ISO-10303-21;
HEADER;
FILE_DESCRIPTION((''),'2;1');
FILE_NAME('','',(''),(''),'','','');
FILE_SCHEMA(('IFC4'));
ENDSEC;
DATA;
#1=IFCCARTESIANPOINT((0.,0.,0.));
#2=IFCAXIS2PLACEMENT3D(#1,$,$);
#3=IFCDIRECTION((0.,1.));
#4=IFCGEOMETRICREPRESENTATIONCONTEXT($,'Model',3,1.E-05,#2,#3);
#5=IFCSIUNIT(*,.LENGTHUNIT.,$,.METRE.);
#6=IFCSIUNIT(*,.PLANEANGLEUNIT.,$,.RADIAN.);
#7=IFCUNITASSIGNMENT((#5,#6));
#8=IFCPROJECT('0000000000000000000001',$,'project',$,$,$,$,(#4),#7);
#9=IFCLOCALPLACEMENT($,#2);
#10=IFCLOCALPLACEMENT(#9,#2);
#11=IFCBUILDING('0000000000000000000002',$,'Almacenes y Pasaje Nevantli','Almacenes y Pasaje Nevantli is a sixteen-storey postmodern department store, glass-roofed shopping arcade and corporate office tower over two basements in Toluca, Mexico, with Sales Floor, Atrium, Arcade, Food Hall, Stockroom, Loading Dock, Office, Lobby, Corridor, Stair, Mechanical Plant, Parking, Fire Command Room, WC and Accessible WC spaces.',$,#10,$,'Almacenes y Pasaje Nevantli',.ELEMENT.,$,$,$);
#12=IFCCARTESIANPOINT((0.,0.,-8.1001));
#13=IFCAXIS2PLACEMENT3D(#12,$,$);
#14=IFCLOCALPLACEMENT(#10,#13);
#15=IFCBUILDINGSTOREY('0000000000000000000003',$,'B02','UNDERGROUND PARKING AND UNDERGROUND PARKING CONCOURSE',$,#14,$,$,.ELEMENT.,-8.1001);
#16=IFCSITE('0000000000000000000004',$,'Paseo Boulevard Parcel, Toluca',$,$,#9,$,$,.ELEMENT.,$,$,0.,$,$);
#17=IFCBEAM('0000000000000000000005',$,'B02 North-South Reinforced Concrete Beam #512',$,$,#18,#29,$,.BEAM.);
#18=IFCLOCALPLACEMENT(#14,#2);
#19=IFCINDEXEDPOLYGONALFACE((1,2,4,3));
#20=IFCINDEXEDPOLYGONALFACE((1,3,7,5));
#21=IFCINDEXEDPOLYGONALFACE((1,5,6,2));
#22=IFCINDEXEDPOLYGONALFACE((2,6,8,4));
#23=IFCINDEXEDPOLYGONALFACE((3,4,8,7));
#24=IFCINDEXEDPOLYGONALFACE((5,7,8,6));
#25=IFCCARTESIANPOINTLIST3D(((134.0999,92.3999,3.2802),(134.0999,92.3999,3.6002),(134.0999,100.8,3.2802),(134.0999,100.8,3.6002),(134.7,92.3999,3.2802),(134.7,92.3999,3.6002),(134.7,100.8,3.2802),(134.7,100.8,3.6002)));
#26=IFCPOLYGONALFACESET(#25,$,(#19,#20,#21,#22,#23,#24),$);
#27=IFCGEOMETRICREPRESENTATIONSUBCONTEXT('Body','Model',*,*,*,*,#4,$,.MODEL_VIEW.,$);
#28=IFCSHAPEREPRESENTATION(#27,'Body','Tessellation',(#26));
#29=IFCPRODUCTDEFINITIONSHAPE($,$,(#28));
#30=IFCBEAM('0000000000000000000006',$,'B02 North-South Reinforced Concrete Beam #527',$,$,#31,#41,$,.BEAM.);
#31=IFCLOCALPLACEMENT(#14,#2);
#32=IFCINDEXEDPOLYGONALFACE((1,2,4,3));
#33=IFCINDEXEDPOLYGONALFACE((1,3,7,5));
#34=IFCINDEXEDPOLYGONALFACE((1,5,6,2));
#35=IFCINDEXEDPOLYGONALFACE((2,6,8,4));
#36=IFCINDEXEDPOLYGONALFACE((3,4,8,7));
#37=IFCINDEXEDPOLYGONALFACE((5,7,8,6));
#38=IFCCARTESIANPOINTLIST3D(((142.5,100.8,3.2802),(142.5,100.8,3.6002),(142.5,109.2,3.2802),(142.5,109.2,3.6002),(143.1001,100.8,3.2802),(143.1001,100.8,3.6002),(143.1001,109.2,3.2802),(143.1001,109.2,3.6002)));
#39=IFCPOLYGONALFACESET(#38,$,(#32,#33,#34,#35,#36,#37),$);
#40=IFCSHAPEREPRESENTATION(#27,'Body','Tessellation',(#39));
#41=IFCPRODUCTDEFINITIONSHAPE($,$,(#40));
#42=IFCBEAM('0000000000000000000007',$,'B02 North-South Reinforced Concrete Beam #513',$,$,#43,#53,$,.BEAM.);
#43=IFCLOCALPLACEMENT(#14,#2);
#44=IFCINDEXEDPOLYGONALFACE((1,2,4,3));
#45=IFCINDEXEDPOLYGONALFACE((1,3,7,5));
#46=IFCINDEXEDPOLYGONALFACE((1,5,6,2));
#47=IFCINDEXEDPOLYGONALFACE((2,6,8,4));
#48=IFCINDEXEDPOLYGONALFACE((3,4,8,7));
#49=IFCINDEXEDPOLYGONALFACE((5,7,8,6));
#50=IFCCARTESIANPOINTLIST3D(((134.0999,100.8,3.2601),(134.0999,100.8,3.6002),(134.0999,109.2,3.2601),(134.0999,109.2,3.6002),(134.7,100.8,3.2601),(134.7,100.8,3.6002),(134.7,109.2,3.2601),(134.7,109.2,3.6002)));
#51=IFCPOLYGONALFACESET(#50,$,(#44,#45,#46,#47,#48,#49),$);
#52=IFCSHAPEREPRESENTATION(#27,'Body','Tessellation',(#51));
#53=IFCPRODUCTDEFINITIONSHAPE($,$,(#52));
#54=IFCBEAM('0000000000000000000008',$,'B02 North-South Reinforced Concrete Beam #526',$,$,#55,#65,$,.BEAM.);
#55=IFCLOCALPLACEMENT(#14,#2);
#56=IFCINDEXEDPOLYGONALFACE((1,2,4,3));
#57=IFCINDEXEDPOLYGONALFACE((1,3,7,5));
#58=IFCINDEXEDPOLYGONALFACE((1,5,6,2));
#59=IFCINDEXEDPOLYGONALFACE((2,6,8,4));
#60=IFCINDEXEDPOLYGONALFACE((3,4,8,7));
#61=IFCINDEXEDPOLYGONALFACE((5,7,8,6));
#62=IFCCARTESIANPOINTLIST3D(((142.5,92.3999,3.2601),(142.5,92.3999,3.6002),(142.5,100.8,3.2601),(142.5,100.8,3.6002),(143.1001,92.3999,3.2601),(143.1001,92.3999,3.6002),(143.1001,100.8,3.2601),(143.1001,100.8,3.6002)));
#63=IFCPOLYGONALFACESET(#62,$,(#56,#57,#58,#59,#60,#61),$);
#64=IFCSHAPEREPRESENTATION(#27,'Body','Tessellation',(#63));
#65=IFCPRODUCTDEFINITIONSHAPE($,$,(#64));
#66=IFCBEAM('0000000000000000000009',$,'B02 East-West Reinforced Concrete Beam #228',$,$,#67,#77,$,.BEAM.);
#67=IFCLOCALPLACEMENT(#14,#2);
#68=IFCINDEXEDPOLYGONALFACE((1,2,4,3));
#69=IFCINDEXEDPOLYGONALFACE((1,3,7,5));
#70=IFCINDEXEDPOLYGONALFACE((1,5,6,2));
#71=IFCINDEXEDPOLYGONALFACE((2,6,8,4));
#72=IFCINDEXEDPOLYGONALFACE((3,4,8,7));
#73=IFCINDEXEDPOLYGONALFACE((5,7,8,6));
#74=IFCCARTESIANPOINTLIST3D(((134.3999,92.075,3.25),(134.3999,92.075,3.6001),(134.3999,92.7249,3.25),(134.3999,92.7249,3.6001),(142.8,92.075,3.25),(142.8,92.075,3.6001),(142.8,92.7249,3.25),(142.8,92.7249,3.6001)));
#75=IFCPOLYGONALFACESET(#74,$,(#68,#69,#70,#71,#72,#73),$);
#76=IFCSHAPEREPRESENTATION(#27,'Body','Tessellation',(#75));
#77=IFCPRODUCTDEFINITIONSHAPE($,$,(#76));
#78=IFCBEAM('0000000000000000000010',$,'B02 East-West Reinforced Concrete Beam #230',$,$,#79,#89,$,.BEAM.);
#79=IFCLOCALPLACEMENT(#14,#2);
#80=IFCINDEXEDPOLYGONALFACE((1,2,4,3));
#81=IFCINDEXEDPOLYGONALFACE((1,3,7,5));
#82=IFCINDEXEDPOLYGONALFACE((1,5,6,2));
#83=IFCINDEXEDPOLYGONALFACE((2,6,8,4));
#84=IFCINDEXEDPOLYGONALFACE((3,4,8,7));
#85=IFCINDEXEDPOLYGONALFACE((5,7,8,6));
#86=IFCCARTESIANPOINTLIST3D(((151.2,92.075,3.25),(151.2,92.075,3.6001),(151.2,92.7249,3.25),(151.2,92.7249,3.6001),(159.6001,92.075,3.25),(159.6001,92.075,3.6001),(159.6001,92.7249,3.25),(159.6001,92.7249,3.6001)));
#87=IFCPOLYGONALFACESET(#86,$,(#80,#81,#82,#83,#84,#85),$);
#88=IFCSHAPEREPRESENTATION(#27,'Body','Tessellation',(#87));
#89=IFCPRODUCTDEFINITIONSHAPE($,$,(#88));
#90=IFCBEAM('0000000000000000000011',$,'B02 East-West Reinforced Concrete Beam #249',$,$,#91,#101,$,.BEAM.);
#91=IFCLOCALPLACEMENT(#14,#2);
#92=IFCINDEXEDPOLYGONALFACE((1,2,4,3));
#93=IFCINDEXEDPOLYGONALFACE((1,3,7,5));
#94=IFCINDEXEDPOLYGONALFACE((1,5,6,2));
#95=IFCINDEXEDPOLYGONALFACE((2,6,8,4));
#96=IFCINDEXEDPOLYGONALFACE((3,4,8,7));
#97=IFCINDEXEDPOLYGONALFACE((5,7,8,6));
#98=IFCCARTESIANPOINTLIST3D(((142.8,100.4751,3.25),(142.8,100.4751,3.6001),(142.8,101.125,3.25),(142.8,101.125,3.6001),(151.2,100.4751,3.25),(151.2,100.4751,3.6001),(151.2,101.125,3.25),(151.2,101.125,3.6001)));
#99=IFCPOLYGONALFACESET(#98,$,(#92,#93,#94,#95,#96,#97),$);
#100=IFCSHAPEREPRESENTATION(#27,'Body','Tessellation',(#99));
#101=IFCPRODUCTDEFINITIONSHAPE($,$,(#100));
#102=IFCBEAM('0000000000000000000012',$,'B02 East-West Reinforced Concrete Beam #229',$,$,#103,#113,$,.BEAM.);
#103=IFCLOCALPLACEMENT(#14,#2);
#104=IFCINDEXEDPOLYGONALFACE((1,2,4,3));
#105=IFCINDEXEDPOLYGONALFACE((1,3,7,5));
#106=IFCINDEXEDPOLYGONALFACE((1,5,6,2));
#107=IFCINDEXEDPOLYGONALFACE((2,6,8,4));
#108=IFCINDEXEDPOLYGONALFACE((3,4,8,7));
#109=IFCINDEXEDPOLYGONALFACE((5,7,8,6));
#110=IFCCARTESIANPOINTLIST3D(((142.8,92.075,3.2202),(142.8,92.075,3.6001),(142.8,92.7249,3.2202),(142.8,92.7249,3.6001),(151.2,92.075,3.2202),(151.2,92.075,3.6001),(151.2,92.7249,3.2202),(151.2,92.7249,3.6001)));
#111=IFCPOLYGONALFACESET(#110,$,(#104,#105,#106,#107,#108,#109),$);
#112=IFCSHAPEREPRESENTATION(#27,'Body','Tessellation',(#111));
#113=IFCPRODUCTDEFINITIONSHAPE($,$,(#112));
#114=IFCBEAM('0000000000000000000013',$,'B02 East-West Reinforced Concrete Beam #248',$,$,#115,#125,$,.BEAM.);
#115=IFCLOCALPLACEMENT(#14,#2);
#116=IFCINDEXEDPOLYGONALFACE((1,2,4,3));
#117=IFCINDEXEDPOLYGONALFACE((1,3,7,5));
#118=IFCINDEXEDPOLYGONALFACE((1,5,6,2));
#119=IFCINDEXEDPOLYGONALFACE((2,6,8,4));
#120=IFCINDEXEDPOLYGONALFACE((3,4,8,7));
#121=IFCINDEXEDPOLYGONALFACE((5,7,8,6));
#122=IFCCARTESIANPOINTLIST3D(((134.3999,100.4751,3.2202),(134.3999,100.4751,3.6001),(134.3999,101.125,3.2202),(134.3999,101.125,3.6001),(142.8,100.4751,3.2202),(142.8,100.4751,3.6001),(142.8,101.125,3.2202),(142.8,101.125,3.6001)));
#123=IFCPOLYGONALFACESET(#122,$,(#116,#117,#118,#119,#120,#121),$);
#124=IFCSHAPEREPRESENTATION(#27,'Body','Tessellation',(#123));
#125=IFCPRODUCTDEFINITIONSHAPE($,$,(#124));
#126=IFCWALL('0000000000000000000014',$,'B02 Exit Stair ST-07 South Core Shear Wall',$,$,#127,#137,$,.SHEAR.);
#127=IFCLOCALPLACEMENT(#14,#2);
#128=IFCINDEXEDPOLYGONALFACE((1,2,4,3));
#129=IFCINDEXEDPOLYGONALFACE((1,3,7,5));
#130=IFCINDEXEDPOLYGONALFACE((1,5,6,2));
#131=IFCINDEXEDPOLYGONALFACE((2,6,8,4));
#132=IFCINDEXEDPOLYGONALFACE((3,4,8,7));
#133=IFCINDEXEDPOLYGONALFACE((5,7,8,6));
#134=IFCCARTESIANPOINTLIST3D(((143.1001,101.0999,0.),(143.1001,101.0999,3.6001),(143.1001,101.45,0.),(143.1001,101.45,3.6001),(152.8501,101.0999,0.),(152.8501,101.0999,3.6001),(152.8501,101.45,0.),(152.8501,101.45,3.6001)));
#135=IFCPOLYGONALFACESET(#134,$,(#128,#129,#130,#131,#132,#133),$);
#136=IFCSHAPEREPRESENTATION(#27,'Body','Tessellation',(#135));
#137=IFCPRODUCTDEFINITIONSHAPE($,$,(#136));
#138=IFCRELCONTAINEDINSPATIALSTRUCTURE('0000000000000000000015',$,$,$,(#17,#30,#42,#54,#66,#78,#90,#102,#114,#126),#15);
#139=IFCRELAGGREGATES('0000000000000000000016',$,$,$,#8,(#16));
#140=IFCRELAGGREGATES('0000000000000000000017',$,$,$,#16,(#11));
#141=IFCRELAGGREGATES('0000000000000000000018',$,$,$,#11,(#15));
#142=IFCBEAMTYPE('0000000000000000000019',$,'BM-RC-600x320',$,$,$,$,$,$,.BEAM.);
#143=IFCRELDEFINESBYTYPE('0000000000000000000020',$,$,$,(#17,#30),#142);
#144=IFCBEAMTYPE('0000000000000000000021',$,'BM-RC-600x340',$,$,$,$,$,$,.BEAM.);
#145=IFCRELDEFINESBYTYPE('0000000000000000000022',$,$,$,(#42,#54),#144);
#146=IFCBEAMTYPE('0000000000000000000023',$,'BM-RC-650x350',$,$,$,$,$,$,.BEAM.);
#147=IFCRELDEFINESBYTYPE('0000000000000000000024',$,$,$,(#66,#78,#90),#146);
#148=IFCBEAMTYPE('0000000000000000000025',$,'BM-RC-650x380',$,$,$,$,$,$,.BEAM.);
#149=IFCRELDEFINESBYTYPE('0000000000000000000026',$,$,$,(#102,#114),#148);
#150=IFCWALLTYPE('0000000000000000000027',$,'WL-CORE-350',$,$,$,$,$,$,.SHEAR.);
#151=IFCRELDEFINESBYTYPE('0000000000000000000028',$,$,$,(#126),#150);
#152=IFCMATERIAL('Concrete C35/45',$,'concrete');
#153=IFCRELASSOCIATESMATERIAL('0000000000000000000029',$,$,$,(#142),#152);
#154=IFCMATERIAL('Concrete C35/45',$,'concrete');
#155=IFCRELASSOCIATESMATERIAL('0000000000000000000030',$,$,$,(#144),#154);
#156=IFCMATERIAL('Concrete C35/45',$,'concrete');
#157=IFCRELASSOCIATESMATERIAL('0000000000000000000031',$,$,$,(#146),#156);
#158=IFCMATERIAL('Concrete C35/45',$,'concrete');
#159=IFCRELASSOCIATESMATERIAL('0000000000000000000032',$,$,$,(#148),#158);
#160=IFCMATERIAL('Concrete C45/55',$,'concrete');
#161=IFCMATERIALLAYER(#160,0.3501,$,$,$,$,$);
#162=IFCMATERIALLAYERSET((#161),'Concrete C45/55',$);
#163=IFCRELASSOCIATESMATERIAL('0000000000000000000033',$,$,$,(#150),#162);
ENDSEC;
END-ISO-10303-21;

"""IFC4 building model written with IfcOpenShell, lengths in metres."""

from ifc_helpers import new_model, si_unit, direction, frame, frame_2d, origin, origin_2d, place, context, subcontext, project, spatial, rectangle, extrude, material, layer, layer_set, material_profile, profile_set, type_object, element, save


model = new_model("IFC4")

# Units and contexts
model_context = context("Model", 3, precision=1e-05, world=origin(), true_north=direction((0.0, 1.0)))
body_context = subcontext(model_context, "Body", "Model", "MODEL_VIEW")
ifc_project = project(units=[si_unit("LENGTHUNIT", "METRE"), si_unit("PLANEANGLEUNIT", "RADIAN")], contexts=[model_context])

# Site, building, storey
site_placement = place(None, origin())
site = spatial("IfcSite", under=ifc_project, at=site_placement, Name="Paseo Boulevard Parcel, Toluca", CompositionType="ELEMENT", RefElevation=0.0)
building_placement = place(site_placement, origin())
building = spatial("IfcBuilding", under=site, at=building_placement, Name="Almacenes y Pasaje Nevantli", Description="Almacenes y Pasaje Nevantli is a sixteen-storey postmodern department store, glass-roofed shopping arcade and corporate office tower over two basements in Toluca, Mexico, with Sales Floor, Atrium, Arcade, Food Hall, Stockroom, Loading Dock, Office, Lobby, Corridor, Stair, Mechanical Plant, Parking, Fire Command Room, WC and Accessible WC spaces.", LongName="Almacenes y Pasaje Nevantli", CompositionType="ELEMENT")
storey_placement = place(building_placement, frame((0.0, 0.0, -8.1001)))
storey = spatial("IfcBuildingStorey", under=building, at=storey_placement, Name="B02", Description="UNDERGROUND PARKING AND UNDERGROUND PARKING CONCOURSE", CompositionType="ELEMENT", Elevation=-8.1001)

# Beams
ifc_material_1 = material(Name="Concrete C35/45", Category="concrete")
ifc_material_profile_1 = material_profile(ifc_material_1, rectangle(XDim=0.6001, YDim=0.3201, at=origin_2d()), Name="RC-BM-600x320")
ifc_profile_set_1 = profile_set([ifc_material_profile_1], Name="Concrete C35/45")
beam_type_1 = type_object("IfcBeamType", Name="BM-RC-600x320", PredefinedType="BEAM", material=ifc_profile_set_1)
beam_1_placement = place(storey_placement, frame((134.3999, 92.3999, 3.4402), z_axis=(0.0, 1.0, 0.0), x_axis=(-1.0, 0.0, 0.0)))
element("IfcBeam", 1, at=beam_1_placement, inside=storey, type_object=beam_type_1, Name="B02 North-South Reinforced Concrete Beam #512", PredefinedType="BEAM", context=body_context, shape_type="SweptSolid", body=[
    extrude(rectangle(XDim=0.6001, YDim=0.3201, at=origin_2d()), origin(), (0.0, 0.0, 1.0), 8.4001),
])
beam_2_placement = place(storey_placement, frame((142.8, 100.8, 3.4402), z_axis=(0.0, 1.0, 0.0), x_axis=(-1.0, 0.0, 0.0)))
element("IfcBeam", 2, at=beam_2_placement, inside=storey, type_object=beam_type_1, Name="B02 North-South Reinforced Concrete Beam #527", PredefinedType="BEAM", context=body_context, shape_type="SweptSolid", body=[
    extrude(rectangle(XDim=0.6001, YDim=0.3201, at=origin_2d()), origin(), (0.0, 0.0, 1.0), 8.3999),
])
ifc_material_2 = material(Name="Concrete C35/45", Category="concrete")
ifc_material_profile_2 = material_profile(ifc_material_2, rectangle(XDim=0.6001, YDim=0.3401, at=origin_2d()), Name="RC-BM-600x340")
ifc_profile_set_2 = profile_set([ifc_material_profile_2], Name="Concrete C35/45")
beam_type_2 = type_object("IfcBeamType", Name="BM-RC-600x340", PredefinedType="BEAM", material=ifc_profile_set_2)
beam_3_placement = place(storey_placement, frame((134.3999, 100.8, 3.4302), z_axis=(0.0, 1.0, 0.0), x_axis=(-1.0, 0.0, 0.0)))
element("IfcBeam", 3, at=beam_3_placement, inside=storey, type_object=beam_type_2, Name="B02 North-South Reinforced Concrete Beam #513", PredefinedType="BEAM", context=body_context, shape_type="SweptSolid", body=[
    extrude(rectangle(XDim=0.6001, YDim=0.3401, at=origin_2d()), origin(), (0.0, 0.0, 1.0), 8.3999),
])
beam_4_placement = place(storey_placement, frame((142.8, 92.3999, 3.4302), z_axis=(0.0, 1.0, 0.0), x_axis=(-1.0, 0.0, 0.0)))
element("IfcBeam", 4, at=beam_4_placement, inside=storey, type_object=beam_type_2, Name="B02 North-South Reinforced Concrete Beam #526", PredefinedType="BEAM", context=body_context, shape_type="SweptSolid", body=[
    extrude(rectangle(XDim=0.6001, YDim=0.3401, at=origin_2d()), origin(), (0.0, 0.0, 1.0), 8.4001),
])
ifc_material_3 = material(Name="Concrete C35/45", Category="concrete")
ifc_material_profile_3 = material_profile(ifc_material_3, rectangle(XDim=0.6499, YDim=0.3501, at=origin_2d()), Name="RC-BM-650x350")
ifc_profile_set_3 = profile_set([ifc_material_profile_3], Name="Concrete C35/45")
beam_type_3 = type_object("IfcBeamType", Name="BM-RC-650x350", PredefinedType="BEAM", material=ifc_profile_set_3)
for number, where, z_axis, x_axis, name in (
    (5, (134.3999, 92.3999, 3.425), (1.0, 0.0, 0.0), (0.0, 1.0, 0.0), "B02 East-West Reinforced Concrete Beam #228"),
    (6, (151.2, 92.3999, 3.425), (1.0, 0.0, 0.0), (0.0, 1.0, 0.0), "B02 East-West Reinforced Concrete Beam #230"),
):
    element("IfcBeam", number, at=place(storey_placement, frame(where, z_axis=z_axis, x_axis=x_axis)), inside=storey, type_object=beam_type_3, Name=name, PredefinedType="BEAM", context=body_context, shape_type="SweptSolid", body=[
        extrude(rectangle(XDim=0.6499, YDim=0.3501, at=origin_2d()), origin(), (0.0, 0.0, 1.0), 8.4001),
    ])
beam_5_placement = place(storey_placement, frame((142.8, 100.8, 3.425), z_axis=(1.0, 0.0, 0.0), x_axis=(0.0, 1.0, 0.0)))
element("IfcBeam", 7, at=beam_5_placement, inside=storey, type_object=beam_type_3, Name="B02 East-West Reinforced Concrete Beam #249", PredefinedType="BEAM", context=body_context, shape_type="SweptSolid", body=[
    extrude(rectangle(XDim=0.6499, YDim=0.3501, at=origin_2d()), origin(), (0.0, 0.0, 1.0), 8.3999),
])
ifc_material_4 = material(Name="Concrete C35/45", Category="concrete")
ifc_material_profile_4 = material_profile(ifc_material_4, rectangle(XDim=0.6499, YDim=0.3799, at=origin_2d()), Name="RC-BM-650x380")
ifc_profile_set_4 = profile_set([ifc_material_profile_4], Name="Concrete C35/45")
beam_type_4 = type_object("IfcBeamType", Name="BM-RC-650x380", PredefinedType="BEAM", material=ifc_profile_set_4)
beam_6_placement = place(storey_placement, frame((142.8, 92.3999, 3.4102), z_axis=(1.0, 0.0, 0.0), x_axis=(0.0, 1.0, 0.0)))
element("IfcBeam", 8, at=beam_6_placement, inside=storey, type_object=beam_type_4, Name="B02 East-West Reinforced Concrete Beam #229", PredefinedType="BEAM", context=body_context, shape_type="SweptSolid", body=[
    extrude(rectangle(XDim=0.6499, YDim=0.3799, at=origin_2d()), origin(), (0.0, 0.0, 1.0), 8.3999),
])
beam_7_placement = place(storey_placement, frame((134.3999, 100.8, 3.4102), z_axis=(1.0, 0.0, 0.0), x_axis=(0.0, 1.0, 0.0)))
element("IfcBeam", 9, at=beam_7_placement, inside=storey, type_object=beam_type_4, Name="B02 East-West Reinforced Concrete Beam #248", PredefinedType="BEAM", context=body_context, shape_type="SweptSolid", body=[
    extrude(rectangle(XDim=0.6499, YDim=0.3799, at=origin_2d()), origin(), (0.0, 0.0, 1.0), 8.4001),
])

# Wall
ifc_material_5 = material(Name="Concrete C45/55", Category="concrete")
ifc_layer_1 = layer(ifc_material_5, 0.3501)
ifc_layer_set_1 = layer_set([ifc_layer_1], Name="Concrete C45/55")
wall_type = type_object("IfcWallType", Name="WL-CORE-350", PredefinedType="SHEAR", material=ifc_layer_set_1)
wall_placement = place(storey_placement, frame((143.1001, 101.2749, 0.0), z_axis=(0.0, 0.0, 1.0), x_axis=(1.0, 0.0, 0.0)))
element("IfcWall", 10, at=wall_placement, inside=storey, type_object=wall_type, Name="B02 Exit Stair ST-07 South Core Shear Wall", PredefinedType="SHEAR", context=body_context, shape_type="SweptSolid", body=[
    extrude(rectangle(XDim=9.75, YDim=0.3501, at=frame_2d((4.875, 0.0))), origin(), (0.0, 0.0, 1.0), 3.6001),
])

save(model, "model.ifc")
